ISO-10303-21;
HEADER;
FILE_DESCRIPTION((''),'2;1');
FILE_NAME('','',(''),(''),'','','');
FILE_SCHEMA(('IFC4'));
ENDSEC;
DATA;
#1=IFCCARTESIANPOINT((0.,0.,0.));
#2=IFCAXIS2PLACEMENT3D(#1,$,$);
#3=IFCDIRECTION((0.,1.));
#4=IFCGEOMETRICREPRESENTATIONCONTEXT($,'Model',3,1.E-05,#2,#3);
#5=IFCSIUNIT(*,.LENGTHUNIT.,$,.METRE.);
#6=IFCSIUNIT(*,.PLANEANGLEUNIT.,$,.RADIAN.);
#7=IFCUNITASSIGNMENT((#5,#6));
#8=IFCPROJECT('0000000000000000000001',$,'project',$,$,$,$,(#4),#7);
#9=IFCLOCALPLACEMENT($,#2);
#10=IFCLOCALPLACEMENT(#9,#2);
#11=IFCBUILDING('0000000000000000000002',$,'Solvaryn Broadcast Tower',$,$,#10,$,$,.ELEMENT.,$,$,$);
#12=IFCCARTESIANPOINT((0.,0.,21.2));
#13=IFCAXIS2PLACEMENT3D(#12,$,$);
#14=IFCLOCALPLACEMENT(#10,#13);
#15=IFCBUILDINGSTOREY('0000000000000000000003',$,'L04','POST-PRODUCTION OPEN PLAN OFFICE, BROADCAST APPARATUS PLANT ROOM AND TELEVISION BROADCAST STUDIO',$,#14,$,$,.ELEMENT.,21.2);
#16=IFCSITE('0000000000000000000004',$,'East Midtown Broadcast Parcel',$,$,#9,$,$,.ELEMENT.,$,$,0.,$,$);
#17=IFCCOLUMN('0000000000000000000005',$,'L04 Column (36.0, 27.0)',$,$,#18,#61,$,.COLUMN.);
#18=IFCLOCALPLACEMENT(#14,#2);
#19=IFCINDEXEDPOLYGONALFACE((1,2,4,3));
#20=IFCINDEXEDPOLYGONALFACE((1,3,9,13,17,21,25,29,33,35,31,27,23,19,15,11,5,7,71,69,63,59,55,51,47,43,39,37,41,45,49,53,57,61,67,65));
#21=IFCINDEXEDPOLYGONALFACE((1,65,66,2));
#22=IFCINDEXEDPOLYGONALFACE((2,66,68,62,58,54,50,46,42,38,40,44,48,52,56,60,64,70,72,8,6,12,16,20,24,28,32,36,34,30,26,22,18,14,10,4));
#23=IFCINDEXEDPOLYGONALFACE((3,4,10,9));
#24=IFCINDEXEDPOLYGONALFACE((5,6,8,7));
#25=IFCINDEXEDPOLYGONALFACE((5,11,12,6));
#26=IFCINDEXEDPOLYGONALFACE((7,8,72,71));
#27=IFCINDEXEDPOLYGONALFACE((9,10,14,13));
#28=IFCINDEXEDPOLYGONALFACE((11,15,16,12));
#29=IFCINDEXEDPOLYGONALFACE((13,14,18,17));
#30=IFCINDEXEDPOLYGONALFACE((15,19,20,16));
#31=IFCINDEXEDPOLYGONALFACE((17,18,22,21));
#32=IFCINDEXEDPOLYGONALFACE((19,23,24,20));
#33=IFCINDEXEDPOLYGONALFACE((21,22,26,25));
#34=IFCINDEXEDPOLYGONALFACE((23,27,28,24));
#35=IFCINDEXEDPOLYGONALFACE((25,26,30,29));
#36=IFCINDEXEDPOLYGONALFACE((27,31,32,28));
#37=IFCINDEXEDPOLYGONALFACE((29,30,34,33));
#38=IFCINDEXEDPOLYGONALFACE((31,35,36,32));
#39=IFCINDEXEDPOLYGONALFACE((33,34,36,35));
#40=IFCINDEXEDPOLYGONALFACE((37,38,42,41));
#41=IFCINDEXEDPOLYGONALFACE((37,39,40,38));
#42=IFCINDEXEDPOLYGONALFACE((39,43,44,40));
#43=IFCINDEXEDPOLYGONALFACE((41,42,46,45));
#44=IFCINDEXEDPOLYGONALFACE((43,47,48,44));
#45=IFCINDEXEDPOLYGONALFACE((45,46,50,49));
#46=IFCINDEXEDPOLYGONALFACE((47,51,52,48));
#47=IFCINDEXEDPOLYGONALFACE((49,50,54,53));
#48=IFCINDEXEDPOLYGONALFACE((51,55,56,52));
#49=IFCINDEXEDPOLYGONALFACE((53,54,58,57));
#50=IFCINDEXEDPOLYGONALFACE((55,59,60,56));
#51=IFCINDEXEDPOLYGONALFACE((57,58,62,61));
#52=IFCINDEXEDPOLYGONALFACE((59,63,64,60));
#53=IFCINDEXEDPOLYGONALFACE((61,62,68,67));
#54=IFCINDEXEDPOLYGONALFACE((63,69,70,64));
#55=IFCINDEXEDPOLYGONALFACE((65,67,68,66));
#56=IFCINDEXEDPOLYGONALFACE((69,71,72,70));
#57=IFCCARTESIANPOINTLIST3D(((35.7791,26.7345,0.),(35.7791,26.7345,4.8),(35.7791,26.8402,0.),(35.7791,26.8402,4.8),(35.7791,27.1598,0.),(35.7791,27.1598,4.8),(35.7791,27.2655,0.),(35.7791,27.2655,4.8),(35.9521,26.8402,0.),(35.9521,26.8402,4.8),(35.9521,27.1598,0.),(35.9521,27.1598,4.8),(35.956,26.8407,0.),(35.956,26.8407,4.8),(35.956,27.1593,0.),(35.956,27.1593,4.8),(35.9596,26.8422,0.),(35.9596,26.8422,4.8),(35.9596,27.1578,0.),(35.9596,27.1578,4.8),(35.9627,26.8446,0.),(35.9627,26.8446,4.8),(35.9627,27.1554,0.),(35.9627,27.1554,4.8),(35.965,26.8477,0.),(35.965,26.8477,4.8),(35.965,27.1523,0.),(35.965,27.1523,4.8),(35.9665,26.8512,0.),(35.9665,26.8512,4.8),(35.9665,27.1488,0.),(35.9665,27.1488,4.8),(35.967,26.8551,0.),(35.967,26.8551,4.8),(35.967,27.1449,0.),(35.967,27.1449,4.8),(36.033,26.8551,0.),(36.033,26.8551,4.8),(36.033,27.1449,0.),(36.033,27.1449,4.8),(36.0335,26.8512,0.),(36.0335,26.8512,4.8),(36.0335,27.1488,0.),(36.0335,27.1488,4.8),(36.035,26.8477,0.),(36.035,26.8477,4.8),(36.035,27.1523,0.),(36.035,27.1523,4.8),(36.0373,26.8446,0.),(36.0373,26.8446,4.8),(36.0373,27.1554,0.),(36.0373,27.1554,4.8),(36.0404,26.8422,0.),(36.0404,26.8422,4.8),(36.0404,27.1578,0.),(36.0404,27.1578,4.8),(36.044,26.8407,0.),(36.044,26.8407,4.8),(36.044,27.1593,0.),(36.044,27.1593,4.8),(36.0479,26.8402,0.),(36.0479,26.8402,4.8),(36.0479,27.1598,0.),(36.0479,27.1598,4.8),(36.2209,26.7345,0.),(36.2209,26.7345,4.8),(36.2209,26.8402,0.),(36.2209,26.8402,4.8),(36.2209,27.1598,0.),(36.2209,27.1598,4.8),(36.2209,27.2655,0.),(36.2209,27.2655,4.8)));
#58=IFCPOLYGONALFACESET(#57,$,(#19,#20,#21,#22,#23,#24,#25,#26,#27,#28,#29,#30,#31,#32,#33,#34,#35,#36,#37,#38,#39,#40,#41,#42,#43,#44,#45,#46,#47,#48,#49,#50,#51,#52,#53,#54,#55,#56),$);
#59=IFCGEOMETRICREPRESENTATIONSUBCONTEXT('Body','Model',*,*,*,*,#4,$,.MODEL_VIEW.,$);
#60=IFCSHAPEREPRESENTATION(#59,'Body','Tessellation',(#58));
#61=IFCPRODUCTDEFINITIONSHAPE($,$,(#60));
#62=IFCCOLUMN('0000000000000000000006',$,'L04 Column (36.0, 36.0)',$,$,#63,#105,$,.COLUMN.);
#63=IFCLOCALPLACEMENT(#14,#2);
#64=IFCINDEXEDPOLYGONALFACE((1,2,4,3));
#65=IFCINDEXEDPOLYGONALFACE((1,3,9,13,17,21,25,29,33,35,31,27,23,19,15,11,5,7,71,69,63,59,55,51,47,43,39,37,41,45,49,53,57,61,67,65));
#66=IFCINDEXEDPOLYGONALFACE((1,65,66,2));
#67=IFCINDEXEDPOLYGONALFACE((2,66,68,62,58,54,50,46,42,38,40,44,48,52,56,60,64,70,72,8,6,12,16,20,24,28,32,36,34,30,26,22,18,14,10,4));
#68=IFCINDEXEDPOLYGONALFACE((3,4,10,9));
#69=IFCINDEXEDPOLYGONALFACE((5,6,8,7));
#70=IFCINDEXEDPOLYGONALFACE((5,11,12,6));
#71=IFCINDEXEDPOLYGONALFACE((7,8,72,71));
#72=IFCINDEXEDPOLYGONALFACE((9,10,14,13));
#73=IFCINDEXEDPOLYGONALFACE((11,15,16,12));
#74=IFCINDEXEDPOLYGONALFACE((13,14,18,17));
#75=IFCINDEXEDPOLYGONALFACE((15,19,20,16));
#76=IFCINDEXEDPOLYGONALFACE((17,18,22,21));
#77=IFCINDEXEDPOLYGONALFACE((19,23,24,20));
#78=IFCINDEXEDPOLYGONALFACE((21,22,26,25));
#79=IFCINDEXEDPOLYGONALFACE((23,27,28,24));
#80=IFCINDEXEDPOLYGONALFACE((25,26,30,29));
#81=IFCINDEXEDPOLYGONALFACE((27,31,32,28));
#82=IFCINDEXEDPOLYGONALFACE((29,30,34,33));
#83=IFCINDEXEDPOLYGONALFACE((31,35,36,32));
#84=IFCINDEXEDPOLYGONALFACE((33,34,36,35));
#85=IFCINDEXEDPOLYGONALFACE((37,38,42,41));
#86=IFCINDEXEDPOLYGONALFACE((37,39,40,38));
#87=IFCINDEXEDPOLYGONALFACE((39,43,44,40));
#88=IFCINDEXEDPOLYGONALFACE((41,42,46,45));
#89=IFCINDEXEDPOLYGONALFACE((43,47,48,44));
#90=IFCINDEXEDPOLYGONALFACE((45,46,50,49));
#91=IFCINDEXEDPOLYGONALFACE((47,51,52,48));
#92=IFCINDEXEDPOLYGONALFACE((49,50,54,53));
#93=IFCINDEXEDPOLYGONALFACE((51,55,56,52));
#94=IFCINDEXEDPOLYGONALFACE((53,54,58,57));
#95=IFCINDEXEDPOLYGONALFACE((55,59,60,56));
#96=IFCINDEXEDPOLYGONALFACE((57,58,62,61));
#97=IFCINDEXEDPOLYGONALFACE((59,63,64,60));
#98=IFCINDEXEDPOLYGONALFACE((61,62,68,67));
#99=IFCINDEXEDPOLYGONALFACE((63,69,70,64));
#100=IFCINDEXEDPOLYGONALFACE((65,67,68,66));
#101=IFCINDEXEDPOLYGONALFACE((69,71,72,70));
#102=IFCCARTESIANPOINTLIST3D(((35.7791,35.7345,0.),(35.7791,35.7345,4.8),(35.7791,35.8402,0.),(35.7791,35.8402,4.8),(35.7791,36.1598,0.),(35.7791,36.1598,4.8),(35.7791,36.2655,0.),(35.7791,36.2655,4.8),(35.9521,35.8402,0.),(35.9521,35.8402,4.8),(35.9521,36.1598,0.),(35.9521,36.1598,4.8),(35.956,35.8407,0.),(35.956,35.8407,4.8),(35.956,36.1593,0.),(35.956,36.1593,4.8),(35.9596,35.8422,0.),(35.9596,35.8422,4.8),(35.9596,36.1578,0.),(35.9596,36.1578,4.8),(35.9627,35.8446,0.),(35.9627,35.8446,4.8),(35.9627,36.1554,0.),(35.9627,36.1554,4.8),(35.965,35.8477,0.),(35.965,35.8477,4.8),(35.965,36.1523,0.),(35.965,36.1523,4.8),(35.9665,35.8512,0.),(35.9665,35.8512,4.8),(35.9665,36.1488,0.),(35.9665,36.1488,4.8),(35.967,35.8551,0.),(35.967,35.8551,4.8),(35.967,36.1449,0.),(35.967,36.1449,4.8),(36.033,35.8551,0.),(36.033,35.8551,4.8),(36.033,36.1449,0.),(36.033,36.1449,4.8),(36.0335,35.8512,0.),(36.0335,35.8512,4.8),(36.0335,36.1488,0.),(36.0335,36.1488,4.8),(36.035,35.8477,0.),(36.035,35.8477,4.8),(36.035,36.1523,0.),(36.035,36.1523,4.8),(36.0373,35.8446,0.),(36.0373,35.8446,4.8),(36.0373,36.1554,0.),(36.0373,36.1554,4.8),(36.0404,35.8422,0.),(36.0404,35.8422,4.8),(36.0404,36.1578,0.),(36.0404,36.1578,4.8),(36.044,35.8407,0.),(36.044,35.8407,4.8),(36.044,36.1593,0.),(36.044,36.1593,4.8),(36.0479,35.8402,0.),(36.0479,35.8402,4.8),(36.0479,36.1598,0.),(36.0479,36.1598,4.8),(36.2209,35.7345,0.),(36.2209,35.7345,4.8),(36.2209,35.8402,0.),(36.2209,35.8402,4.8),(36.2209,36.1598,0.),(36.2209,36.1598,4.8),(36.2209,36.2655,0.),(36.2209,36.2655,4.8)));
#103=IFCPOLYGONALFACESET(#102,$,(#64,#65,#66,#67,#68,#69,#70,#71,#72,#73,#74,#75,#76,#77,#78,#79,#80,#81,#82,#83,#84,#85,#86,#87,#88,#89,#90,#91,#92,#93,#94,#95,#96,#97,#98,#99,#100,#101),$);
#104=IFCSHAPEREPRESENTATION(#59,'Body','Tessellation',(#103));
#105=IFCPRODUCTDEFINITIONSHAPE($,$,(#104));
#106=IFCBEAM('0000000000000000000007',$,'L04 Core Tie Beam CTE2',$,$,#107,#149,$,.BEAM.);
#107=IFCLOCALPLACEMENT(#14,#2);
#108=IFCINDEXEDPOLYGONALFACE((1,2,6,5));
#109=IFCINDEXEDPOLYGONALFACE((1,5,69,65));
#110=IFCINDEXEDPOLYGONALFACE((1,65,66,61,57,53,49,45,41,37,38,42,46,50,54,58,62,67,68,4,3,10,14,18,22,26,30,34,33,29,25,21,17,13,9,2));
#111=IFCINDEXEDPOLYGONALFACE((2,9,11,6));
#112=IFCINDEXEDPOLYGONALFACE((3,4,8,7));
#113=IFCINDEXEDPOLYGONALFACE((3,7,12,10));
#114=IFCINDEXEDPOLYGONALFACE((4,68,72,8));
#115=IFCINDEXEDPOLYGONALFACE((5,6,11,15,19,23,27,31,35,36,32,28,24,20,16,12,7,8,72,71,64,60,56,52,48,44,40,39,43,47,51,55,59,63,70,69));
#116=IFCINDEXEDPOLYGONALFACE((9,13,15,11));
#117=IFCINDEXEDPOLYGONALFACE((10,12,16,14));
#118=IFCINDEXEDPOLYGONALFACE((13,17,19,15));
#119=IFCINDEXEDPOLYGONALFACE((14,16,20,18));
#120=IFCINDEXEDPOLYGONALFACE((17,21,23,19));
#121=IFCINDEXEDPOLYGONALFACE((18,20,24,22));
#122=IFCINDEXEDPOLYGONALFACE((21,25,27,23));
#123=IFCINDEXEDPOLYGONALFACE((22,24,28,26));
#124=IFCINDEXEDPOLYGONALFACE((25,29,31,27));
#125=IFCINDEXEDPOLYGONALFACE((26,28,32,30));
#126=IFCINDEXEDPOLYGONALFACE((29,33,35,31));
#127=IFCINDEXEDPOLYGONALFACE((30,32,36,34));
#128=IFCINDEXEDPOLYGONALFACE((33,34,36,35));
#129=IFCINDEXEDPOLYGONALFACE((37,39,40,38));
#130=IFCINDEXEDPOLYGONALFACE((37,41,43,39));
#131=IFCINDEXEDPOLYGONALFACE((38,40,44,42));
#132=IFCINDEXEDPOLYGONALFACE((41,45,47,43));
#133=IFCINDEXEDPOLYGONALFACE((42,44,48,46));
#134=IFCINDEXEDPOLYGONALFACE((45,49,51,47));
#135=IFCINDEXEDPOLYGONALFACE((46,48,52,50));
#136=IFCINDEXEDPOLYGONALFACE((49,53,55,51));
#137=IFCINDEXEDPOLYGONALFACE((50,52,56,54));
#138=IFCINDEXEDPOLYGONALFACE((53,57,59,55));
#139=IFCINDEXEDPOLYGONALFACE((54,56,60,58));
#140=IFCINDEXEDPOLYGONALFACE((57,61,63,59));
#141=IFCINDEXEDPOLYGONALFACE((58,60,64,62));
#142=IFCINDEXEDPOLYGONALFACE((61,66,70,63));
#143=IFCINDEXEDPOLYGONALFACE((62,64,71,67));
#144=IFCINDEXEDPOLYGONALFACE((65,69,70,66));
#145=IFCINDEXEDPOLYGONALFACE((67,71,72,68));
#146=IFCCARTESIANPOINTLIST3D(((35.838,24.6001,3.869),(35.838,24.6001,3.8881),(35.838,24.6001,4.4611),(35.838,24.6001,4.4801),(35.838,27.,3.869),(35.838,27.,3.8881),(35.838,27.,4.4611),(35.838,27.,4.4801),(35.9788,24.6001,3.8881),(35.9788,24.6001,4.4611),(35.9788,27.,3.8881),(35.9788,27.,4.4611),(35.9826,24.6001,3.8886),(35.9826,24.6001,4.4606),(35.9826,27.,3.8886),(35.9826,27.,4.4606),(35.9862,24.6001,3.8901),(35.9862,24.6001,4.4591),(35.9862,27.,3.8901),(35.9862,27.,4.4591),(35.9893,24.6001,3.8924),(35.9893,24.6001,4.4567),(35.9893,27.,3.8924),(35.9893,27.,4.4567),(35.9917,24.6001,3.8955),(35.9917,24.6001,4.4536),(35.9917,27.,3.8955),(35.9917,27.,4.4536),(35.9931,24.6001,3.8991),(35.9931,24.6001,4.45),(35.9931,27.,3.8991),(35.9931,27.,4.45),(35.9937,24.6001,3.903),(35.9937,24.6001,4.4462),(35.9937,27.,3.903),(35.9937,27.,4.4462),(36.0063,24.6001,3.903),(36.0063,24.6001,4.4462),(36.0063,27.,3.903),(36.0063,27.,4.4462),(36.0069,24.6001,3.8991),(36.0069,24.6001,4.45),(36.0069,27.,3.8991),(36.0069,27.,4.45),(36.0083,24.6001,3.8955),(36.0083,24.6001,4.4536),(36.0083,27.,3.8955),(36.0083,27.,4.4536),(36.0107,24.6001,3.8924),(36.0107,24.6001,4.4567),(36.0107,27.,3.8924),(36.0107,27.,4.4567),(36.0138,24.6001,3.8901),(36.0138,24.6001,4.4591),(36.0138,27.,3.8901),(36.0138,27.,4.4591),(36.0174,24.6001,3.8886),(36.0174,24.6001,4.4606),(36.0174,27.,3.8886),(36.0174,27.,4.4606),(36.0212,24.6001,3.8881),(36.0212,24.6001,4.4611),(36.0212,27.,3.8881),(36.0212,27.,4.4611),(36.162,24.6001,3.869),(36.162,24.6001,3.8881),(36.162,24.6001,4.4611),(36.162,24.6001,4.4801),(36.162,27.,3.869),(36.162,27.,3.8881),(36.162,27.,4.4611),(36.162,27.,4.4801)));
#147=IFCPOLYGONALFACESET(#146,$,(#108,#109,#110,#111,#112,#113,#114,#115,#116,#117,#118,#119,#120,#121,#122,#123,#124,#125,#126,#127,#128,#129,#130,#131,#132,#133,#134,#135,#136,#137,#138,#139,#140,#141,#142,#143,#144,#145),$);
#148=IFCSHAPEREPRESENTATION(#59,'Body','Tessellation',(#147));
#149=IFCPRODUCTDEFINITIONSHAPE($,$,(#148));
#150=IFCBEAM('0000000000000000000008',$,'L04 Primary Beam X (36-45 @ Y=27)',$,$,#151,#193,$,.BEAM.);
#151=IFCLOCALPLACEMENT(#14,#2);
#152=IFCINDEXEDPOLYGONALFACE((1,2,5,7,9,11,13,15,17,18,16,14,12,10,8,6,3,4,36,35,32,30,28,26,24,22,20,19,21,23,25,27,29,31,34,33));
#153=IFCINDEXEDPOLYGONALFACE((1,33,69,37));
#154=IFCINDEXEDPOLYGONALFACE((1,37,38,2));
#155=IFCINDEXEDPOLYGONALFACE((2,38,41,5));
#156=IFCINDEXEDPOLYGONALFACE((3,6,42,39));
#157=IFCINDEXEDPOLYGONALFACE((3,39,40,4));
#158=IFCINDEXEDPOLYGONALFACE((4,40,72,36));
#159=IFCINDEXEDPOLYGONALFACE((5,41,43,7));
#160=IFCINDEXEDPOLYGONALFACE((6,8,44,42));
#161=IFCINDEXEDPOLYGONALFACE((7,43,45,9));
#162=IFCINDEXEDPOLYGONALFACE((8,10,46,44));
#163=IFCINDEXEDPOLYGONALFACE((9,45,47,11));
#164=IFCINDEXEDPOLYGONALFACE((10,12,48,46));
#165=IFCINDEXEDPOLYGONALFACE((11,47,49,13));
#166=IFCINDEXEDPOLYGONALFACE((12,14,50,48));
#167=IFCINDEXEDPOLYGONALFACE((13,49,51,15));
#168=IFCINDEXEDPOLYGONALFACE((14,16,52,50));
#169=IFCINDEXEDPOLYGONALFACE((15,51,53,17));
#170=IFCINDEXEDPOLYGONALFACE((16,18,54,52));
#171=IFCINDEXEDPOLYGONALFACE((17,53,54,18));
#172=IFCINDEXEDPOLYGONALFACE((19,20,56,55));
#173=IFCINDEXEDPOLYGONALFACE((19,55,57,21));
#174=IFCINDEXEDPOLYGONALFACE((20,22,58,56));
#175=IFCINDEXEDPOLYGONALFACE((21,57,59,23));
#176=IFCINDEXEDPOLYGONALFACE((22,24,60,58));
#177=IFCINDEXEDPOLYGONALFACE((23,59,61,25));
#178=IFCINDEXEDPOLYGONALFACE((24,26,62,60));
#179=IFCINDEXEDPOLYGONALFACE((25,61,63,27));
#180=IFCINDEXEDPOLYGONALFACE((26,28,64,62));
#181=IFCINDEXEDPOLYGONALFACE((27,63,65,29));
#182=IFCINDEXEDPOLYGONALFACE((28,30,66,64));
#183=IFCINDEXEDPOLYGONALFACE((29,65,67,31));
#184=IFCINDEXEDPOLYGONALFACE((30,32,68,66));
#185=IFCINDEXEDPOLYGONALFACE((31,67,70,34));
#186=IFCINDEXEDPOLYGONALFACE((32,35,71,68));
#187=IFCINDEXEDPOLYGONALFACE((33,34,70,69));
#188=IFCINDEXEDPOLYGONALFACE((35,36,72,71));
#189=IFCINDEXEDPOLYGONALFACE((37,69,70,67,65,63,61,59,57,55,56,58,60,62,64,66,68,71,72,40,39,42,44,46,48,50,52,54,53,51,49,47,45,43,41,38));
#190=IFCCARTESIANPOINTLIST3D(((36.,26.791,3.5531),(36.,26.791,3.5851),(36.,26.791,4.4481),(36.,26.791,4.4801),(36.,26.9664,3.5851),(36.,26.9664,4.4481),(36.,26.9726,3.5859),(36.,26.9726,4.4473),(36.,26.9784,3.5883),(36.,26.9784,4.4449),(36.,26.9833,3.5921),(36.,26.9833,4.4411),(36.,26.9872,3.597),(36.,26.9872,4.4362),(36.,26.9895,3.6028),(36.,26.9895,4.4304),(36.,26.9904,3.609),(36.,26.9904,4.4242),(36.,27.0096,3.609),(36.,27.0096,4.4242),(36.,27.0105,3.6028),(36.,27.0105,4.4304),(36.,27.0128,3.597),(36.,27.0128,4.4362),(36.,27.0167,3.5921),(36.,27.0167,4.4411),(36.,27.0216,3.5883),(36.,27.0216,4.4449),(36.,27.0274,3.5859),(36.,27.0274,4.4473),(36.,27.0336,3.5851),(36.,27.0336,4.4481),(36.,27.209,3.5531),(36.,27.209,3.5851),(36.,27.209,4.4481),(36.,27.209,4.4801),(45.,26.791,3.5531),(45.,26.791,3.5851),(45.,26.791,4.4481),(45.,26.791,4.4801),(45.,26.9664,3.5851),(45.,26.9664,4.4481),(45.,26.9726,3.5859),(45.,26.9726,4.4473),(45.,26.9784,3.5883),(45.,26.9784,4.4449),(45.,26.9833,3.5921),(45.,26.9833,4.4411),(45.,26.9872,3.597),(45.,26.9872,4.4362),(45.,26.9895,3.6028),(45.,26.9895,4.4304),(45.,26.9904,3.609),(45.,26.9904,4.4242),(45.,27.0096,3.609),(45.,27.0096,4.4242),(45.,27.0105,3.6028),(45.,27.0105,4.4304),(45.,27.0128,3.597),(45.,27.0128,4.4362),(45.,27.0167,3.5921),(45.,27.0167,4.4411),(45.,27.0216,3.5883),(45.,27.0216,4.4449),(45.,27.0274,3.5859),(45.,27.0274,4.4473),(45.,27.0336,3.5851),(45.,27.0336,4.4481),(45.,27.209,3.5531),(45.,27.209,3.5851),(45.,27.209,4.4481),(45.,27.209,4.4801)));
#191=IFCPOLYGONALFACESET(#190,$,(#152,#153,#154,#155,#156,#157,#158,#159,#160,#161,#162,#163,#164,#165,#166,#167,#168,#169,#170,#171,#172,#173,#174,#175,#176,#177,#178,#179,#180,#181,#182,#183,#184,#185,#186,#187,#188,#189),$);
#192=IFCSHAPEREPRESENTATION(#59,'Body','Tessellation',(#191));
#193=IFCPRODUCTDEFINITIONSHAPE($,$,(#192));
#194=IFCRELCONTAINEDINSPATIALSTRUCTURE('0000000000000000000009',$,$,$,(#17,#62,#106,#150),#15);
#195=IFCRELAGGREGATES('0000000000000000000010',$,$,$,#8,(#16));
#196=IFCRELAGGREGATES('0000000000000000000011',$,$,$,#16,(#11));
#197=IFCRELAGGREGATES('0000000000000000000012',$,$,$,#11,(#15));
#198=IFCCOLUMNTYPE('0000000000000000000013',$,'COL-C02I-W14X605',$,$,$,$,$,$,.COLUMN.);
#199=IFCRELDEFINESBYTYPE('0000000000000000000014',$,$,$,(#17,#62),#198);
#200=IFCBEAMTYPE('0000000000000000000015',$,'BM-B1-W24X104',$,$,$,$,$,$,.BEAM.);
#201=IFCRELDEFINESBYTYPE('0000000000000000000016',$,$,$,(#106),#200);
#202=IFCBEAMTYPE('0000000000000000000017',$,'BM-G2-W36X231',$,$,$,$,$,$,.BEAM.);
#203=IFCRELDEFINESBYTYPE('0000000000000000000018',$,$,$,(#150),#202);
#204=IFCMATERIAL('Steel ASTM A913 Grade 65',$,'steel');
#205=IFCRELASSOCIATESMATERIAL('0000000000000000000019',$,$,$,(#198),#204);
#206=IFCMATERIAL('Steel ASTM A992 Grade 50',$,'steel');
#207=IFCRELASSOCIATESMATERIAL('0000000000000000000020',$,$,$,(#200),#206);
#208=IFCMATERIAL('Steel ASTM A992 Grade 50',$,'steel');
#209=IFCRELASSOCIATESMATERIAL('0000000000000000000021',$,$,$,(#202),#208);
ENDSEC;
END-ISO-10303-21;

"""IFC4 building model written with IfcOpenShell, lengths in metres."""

from ifc_helpers import new_model, si_unit, direction, frame, origin, origin_2d, place, context, subcontext, project, spatial, i_section, extrude, material, material_profile, profile_set, type_object, element, save


model = new_model("IFC4")

# Units and contexts
model_context = context("Model", 3, precision=1e-05, world=origin(), true_north=direction((0.0, 1.0)))
body_context = subcontext(model_context, "Body", "Model", "MODEL_VIEW")
ifc_project = project(units=[si_unit("LENGTHUNIT", "METRE"), si_unit("PLANEANGLEUNIT", "RADIAN")], contexts=[model_context])

# Site, building, storey
site_placement = place(None, origin())
site = spatial("IfcSite", under=ifc_project, at=site_placement, Name="East Midtown Broadcast Parcel", CompositionType="ELEMENT", RefElevation=0.0)
building_placement = place(site_placement, origin())
building = spatial("IfcBuilding", under=site, at=building_placement, Name="Solvaryn Broadcast Tower", CompositionType="ELEMENT")
storey_placement = place(building_placement, frame((0.0, 0.0, 21.2)))
storey = spatial("IfcBuildingStorey", under=building, at=storey_placement, Name="L04", Description="POST-PRODUCTION OPEN PLAN OFFICE, BROADCAST APPARATUS PLANT ROOM AND TELEVISION BROADCAST STUDIO", CompositionType="ELEMENT", Elevation=21.2)

# Columns
ifc_material_1 = material(Name="Steel ASTM A913 Grade 65", Category="steel")
ifc_material_profile_1 = material_profile(ifc_material_1, i_section(OverallWidth=0.4419, OverallDepth=0.531, WebThickness=0.0659, FlangeThickness=0.1057, FilletRadius=0.0149, at=origin_2d()))
ifc_profile_set_1 = profile_set([ifc_material_profile_1], Name="Steel ASTM A913 Grade 65")
column_type = type_object("IfcColumnType", Name="COL-C02I-W14X605", PredefinedType="COLUMN", material=ifc_profile_set_1)
for number, where, z_axis, x_axis, name in (
    (1, (36.0, 27.0, 0.0), (0.0, 0.0, 1.0), (1.0, 0.0, 0.0), "L04 Column (36.0, 27.0)"),
    (2, (36.0, 36.0, 0.0), (0.0, 0.0, 1.0), (1.0, 0.0, 0.0), "L04 Column (36.0, 36.0)"),
):
    element("IfcColumn", number, at=place(storey_placement, frame(where, z_axis=z_axis, x_axis=x_axis)), inside=storey, type_object=column_type, Name=name, PredefinedType="COLUMN", context=body_context, shape_type="SweptSolid", body=[
        extrude(i_section(OverallWidth=0.4419, OverallDepth=0.531, WebThickness=0.0659, FlangeThickness=0.1057, FilletRadius=0.0149, at=origin_2d()), origin(), (0.0, 0.0, 1.0), 4.8),
    ])

# Beams
ifc_material_2 = material(Name="Steel ASTM A992 Grade 50", Category="steel")
ifc_material_profile_2 = material_profile(ifc_material_2, i_section(OverallWidth=0.324, OverallDepth=0.6111, WebThickness=0.0127, FlangeThickness=0.019, FilletRadius=0.0149, at=origin_2d()))
ifc_profile_set_2 = profile_set([ifc_material_profile_2], Name="Steel ASTM A992 Grade 50")
beam_type_1 = type_object("IfcBeamType", Name="BM-B1-W24X104", PredefinedType="BEAM", material=ifc_profile_set_2)
beam_placement = place(storey_placement, frame((36.0, 24.6001, 4.1746), z_axis=(0.0, 1.0, 0.0), x_axis=(-1.0, 0.0, 0.0)))
element("IfcBeam", 3, at=beam_placement, inside=storey, type_object=beam_type_1, Name="L04 Core Tie Beam CTE2", PredefinedType="BEAM", context=body_context, shape_type="SweptSolid", body=[
    extrude(i_section(OverallWidth=0.324, OverallDepth=0.6111, WebThickness=0.0127, FlangeThickness=0.019, FilletRadius=0.0149, at=origin_2d()), origin(), (0.0, 0.0, 1.0), 2.3999),
])
ifc_material_3 = material(Name="Steel ASTM A992 Grade 50", Category="steel")
ifc_material_profile_3 = material_profile(ifc_material_3, i_section(OverallWidth=0.418, OverallDepth=0.927, WebThickness=0.0193, FlangeThickness=0.032, FilletRadius=0.0239, at=origin_2d()))
ifc_profile_set_3 = profile_set([ifc_material_profile_3], Name="Steel ASTM A992 Grade 50")
beam_type_2 = type_object("IfcBeamType", Name="BM-G2-W36X231", PredefinedType="BEAM", material=ifc_profile_set_3)
for number, where, z_axis, x_axis, name in (
    (4, (36.0, 27.0, 4.0166), (1.0, 0.0, 0.0), (0.0, 1.0, 0.0), "L04 Primary Beam X (36-45 @ Y=27)"),
):
    element("IfcBeam", number, at=place(storey_placement, frame(where, z_axis=z_axis, x_axis=x_axis)), inside=storey, type_object=beam_type_2, Name=name, PredefinedType="BEAM", context=body_context, shape_type="SweptSolid", body=[
        extrude(i_section(OverallWidth=0.418, OverallDepth=0.927, WebThickness=0.0193, FlangeThickness=0.032, FilletRadius=0.0239, at=origin_2d()), origin(), (0.0, 0.0, 1.0), 9.0),
    ])

save(model, "model.ifc")
